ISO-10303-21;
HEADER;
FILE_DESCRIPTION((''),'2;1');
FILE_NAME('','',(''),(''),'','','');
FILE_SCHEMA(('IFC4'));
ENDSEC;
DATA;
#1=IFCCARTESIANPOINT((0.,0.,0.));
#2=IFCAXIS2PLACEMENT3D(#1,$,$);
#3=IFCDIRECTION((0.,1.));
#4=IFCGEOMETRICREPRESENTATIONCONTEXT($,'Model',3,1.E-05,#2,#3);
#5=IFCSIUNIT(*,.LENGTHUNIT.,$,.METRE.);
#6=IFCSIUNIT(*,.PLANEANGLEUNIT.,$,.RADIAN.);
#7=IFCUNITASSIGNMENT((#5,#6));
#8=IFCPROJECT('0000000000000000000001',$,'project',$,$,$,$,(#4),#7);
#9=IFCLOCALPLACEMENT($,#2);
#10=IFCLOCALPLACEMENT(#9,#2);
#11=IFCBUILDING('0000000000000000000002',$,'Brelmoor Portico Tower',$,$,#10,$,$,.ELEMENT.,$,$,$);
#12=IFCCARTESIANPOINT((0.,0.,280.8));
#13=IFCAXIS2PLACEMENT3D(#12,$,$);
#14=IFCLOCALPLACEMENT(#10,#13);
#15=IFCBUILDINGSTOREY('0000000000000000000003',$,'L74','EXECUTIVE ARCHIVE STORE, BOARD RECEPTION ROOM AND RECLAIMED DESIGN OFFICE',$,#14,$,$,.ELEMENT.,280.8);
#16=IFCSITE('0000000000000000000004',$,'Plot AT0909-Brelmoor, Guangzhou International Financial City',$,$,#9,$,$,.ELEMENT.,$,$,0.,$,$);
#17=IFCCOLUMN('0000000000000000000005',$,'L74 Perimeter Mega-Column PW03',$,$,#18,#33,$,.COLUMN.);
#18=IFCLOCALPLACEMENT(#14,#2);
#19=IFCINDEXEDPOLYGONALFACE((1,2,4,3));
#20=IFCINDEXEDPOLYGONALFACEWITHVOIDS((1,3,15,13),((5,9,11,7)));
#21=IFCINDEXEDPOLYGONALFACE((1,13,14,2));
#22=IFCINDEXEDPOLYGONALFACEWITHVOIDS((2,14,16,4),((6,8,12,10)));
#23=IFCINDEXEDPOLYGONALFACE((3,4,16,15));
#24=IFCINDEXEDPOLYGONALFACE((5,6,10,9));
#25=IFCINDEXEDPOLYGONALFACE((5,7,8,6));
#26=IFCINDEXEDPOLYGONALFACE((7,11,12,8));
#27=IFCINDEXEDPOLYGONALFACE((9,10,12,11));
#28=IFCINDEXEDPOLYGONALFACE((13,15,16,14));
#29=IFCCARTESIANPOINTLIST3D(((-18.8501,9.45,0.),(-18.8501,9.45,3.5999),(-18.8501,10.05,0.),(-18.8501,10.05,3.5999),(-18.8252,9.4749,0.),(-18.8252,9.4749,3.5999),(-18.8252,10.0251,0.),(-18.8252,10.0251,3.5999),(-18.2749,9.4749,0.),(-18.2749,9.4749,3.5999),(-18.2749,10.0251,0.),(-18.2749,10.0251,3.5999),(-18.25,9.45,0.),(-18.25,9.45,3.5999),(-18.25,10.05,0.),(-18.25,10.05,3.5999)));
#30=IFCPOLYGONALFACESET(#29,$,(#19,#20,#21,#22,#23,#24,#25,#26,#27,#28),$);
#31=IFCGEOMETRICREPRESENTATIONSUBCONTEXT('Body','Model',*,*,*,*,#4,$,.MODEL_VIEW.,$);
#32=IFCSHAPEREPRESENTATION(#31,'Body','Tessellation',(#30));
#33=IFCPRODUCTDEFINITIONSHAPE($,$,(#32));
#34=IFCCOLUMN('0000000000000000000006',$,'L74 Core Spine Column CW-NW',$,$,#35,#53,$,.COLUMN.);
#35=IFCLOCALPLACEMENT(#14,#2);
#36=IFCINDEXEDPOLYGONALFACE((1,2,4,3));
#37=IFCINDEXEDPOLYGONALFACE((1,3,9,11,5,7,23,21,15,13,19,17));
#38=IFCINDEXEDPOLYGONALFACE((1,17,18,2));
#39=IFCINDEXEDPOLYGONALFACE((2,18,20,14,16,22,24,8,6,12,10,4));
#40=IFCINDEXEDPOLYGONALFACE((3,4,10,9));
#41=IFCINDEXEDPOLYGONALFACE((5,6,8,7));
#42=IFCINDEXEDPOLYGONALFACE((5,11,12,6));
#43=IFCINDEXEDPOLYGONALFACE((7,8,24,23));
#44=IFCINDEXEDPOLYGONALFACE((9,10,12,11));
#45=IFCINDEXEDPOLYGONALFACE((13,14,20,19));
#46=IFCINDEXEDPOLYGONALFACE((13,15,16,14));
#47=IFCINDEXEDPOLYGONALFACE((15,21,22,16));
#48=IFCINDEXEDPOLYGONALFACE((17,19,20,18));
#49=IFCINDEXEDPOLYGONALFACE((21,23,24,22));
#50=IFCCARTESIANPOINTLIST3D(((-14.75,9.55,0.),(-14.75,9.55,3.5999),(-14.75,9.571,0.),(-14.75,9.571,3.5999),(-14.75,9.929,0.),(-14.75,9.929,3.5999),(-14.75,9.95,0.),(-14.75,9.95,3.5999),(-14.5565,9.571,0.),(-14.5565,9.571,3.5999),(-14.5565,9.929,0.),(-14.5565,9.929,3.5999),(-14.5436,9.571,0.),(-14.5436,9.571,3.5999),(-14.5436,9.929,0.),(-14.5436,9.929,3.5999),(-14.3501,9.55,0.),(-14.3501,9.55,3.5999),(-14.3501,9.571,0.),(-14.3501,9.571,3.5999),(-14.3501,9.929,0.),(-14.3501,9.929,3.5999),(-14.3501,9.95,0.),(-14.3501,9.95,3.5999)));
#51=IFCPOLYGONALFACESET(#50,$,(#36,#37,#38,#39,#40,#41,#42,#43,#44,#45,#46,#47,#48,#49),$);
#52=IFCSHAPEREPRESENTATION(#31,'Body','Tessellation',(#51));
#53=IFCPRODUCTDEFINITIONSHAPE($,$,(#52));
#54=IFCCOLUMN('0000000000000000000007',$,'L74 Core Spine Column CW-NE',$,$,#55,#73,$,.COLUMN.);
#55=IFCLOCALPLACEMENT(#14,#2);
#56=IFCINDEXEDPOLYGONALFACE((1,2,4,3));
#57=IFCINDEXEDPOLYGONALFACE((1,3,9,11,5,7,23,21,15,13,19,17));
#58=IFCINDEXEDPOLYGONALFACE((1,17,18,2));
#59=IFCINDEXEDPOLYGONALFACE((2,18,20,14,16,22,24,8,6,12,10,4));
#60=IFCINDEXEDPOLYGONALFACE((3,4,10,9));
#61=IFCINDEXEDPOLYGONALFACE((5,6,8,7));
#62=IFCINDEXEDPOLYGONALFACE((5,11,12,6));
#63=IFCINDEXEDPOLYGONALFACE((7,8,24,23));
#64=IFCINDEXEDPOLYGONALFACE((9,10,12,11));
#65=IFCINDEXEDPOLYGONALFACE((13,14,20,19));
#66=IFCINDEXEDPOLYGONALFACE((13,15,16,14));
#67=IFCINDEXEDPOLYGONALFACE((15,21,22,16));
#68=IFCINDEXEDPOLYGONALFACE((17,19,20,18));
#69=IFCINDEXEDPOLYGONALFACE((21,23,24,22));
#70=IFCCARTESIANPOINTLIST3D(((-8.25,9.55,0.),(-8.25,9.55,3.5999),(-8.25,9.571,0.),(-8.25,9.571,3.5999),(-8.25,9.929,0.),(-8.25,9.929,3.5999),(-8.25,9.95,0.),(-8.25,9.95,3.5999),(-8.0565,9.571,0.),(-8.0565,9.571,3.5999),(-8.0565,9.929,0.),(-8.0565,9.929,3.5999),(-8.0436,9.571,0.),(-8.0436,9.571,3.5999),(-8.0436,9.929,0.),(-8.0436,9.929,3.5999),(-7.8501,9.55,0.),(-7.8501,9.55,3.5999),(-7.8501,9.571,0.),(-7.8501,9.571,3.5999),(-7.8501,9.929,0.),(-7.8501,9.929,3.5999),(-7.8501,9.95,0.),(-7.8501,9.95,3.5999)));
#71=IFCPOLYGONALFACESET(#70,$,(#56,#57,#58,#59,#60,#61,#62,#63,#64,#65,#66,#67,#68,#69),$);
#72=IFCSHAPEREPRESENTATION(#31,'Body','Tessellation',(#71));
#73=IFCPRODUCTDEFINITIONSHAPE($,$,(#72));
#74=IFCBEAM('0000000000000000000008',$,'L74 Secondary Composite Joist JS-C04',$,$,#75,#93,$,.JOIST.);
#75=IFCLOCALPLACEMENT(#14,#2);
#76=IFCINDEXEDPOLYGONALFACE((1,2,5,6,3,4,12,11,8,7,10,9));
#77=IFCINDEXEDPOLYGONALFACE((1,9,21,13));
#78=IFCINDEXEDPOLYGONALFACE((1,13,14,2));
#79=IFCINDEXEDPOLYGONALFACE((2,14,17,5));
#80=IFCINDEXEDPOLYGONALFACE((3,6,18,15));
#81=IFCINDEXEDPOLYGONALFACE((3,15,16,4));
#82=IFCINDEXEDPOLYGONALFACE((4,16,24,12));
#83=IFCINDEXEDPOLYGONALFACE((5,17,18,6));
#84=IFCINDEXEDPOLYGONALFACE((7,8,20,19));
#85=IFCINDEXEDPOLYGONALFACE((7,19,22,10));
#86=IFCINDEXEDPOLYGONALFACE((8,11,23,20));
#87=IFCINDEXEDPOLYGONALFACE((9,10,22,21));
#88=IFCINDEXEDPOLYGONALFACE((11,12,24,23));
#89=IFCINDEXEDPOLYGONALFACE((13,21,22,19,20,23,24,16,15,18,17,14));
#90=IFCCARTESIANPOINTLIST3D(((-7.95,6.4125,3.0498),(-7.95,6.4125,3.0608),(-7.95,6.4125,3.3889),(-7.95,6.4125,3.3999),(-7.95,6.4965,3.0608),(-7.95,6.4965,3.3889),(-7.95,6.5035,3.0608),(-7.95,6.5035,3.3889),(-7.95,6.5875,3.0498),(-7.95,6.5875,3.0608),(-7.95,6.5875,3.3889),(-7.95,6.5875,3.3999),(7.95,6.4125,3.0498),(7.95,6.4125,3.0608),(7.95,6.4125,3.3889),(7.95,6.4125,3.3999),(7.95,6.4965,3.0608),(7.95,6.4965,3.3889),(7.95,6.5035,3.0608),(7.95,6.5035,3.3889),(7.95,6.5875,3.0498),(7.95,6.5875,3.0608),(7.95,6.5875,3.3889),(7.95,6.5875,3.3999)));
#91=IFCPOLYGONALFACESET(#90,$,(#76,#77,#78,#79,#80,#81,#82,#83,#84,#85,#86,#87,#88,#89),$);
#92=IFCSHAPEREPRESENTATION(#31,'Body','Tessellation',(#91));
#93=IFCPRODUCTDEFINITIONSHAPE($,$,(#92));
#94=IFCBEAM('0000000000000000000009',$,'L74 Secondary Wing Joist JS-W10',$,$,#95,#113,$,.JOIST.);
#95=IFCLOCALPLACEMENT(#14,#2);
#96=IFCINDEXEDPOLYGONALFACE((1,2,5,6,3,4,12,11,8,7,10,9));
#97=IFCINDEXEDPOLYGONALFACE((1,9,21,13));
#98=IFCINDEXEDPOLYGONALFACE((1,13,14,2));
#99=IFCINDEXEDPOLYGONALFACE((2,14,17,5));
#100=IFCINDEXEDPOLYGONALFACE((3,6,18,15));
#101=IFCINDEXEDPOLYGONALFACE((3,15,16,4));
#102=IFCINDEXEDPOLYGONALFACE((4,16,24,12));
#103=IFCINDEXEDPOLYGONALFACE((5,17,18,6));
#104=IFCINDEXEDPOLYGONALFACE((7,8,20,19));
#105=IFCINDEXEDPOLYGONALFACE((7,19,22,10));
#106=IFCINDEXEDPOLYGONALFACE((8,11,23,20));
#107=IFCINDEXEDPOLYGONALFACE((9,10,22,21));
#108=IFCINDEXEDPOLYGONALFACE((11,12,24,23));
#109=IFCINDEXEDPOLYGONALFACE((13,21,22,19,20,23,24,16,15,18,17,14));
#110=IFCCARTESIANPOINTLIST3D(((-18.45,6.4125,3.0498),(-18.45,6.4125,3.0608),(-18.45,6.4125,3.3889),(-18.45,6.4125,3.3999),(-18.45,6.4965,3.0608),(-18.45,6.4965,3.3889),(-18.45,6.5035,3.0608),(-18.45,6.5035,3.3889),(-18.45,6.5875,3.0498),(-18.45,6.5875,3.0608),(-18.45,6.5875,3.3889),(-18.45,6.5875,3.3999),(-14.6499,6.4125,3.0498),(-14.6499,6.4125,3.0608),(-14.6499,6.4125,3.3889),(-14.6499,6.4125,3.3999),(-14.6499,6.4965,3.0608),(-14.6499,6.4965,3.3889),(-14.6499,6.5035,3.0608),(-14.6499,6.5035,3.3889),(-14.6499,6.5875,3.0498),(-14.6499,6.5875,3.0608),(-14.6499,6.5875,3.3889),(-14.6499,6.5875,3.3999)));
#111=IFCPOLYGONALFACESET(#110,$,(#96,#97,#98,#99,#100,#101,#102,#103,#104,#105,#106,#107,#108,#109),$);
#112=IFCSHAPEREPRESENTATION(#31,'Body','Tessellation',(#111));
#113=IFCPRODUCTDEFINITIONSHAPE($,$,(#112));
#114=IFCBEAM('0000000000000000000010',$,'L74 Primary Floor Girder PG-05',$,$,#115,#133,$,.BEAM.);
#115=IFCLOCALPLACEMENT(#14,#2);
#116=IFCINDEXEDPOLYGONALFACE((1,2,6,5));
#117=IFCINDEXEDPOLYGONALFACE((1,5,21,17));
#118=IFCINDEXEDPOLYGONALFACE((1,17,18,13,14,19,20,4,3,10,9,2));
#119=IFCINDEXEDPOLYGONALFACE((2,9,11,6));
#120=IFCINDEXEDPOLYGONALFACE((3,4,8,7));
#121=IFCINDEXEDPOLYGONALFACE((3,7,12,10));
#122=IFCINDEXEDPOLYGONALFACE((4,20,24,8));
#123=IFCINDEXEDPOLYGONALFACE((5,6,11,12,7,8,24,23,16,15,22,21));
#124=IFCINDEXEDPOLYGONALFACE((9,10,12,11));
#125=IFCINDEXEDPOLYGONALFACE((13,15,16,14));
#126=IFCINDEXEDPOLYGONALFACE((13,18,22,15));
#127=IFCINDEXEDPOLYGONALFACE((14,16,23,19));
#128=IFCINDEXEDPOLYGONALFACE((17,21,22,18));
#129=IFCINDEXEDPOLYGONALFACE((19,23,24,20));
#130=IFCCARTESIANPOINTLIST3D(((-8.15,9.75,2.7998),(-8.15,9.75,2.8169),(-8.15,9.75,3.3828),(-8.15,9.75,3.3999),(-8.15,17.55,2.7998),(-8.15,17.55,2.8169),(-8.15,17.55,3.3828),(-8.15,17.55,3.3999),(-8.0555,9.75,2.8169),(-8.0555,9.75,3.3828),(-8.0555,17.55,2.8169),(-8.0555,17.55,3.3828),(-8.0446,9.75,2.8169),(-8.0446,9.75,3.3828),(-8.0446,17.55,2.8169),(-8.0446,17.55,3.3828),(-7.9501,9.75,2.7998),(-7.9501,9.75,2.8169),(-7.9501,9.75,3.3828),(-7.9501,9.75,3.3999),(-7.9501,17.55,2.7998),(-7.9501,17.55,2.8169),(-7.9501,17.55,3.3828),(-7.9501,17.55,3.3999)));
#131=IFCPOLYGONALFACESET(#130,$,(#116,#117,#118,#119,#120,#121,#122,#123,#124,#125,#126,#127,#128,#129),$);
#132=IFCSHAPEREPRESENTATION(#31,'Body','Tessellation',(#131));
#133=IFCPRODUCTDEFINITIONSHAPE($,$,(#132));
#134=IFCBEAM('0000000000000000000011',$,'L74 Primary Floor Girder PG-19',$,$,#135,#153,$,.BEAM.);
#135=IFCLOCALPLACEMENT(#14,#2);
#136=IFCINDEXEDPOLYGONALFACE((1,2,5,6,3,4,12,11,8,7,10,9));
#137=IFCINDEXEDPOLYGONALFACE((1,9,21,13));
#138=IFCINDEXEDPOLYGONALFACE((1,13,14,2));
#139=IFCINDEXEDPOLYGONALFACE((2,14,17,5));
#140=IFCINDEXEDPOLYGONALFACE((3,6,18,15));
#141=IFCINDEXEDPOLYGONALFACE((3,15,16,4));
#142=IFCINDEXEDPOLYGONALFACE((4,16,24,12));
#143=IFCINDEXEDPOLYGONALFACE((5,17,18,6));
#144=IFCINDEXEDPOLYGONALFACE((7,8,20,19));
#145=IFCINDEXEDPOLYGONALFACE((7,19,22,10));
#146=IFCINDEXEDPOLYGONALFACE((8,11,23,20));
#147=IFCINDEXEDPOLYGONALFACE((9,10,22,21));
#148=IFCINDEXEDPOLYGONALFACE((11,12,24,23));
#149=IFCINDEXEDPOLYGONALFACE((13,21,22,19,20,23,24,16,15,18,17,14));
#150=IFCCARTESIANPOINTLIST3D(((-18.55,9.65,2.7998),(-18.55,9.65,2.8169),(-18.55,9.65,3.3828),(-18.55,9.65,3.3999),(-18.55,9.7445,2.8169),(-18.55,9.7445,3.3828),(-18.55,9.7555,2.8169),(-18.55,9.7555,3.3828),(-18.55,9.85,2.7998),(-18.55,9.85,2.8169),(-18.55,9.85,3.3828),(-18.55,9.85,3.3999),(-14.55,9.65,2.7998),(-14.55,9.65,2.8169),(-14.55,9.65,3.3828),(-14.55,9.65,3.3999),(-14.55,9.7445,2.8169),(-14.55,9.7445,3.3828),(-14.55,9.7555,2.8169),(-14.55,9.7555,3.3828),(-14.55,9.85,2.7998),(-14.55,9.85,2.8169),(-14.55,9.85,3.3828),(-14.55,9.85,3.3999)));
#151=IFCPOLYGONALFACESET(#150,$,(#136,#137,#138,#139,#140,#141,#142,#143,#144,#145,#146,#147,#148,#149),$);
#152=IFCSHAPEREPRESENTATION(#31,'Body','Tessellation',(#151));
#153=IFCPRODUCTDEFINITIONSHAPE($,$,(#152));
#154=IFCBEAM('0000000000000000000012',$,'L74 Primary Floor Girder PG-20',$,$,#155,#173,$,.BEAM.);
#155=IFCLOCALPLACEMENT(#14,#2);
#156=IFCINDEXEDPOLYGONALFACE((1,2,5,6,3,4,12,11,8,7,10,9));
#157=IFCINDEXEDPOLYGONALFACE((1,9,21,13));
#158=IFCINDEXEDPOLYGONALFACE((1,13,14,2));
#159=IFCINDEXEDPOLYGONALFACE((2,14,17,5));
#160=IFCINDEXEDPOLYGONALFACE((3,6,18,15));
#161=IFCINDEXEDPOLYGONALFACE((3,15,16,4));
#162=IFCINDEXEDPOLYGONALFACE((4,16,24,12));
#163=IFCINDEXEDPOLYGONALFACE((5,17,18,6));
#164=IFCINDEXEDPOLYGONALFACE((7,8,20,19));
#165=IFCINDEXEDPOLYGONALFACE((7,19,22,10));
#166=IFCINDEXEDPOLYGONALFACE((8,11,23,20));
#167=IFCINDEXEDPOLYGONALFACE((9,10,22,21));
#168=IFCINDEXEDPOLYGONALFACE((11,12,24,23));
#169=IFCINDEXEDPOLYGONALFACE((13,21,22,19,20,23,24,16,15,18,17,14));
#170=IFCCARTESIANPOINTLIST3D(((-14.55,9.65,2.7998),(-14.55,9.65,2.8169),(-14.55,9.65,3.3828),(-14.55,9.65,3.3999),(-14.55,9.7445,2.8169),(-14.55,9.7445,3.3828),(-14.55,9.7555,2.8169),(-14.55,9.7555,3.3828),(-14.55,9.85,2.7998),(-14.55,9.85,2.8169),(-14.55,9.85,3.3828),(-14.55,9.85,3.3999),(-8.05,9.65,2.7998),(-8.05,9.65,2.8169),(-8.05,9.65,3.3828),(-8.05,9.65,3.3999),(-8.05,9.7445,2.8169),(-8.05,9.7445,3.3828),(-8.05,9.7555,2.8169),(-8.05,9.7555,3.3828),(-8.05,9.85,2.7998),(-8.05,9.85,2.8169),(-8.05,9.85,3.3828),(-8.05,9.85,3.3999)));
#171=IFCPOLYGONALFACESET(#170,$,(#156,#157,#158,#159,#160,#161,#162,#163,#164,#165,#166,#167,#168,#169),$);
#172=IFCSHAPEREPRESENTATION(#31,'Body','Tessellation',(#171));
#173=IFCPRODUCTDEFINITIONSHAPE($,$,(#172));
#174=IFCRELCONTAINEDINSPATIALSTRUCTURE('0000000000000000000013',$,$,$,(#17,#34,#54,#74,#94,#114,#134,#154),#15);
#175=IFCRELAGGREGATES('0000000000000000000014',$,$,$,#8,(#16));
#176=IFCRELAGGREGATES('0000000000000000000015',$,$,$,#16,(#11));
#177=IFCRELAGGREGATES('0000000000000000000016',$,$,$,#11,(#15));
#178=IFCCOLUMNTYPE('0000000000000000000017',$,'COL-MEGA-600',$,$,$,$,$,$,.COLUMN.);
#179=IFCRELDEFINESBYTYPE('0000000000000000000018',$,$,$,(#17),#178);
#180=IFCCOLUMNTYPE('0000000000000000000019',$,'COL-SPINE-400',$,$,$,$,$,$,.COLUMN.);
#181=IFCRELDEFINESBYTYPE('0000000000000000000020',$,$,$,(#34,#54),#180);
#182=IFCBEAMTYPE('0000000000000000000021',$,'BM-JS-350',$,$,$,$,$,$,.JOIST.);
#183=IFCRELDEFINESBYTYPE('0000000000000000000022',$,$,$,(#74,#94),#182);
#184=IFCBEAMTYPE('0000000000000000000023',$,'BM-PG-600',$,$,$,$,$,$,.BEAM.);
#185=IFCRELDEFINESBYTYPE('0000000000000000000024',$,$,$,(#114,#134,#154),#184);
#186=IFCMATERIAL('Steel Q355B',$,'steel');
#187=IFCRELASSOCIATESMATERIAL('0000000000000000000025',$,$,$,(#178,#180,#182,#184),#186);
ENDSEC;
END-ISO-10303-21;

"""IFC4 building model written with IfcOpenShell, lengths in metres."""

from ifc_helpers import new_model, si_unit, direction, frame, origin, origin_2d, place, context, subcontext, project, spatial, hollow_rectangle, i_section, extrude, material, material_profile, profile_set, type_object, element, save


model = new_model("IFC4")

# Units and contexts
model_context = context("Model", 3, precision=1e-05, world=origin(), true_north=direction((0.0, 1.0)))
body_context = subcontext(model_context, "Body", "Model", "MODEL_VIEW")
ifc_project = project(units=[si_unit("LENGTHUNIT", "METRE"), si_unit("PLANEANGLEUNIT", "RADIAN")], contexts=[model_context])

# Site, building, storey
site_placement = place(None, origin())
site = spatial("IfcSite", under=ifc_project, at=site_placement, Name="Plot AT0909-Brelmoor, Guangzhou International Financial City", CompositionType="ELEMENT", RefElevation=0.0)
building_placement = place(site_placement, origin())
building = spatial("IfcBuilding", under=site, at=building_placement, Name="Brelmoor Portico Tower", CompositionType="ELEMENT")
storey_placement = place(building_placement, frame((0.0, 0.0, 280.8)))
storey = spatial("IfcBuildingStorey", under=building, at=storey_placement, Name="L74", Description="EXECUTIVE ARCHIVE STORE, BOARD RECEPTION ROOM AND RECLAIMED DESIGN OFFICE", CompositionType="ELEMENT", Elevation=280.8)

# Columns
ifc_material_1 = material(Name="Steel Q355B", Category="steel")
ifc_material_profile_1 = material_profile(ifc_material_1, hollow_rectangle(XDim=0.6001, YDim=0.6001, WallThickness=0.0249, at=origin_2d()), Name="BOX 600x600x25")
ifc_profile_set_1 = profile_set([ifc_material_profile_1], Name="Steel Q355B")
column_type_1 = type_object("IfcColumnType", Name="COL-MEGA-600", PredefinedType="COLUMN", material=ifc_profile_set_1)
column_placement = place(storey_placement, frame((-18.55, 9.75, 0.0), z_axis=(0.0, 0.0, 1.0), x_axis=(0.0, 1.0, 0.0)))
element("IfcColumn", 1, at=column_placement, inside=storey, type_object=column_type_1, Name="L74 Perimeter Mega-Column PW03", PredefinedType="COLUMN", context=body_context, shape_type="SweptSolid", body=[
    extrude(hollow_rectangle(XDim=0.6001, YDim=0.6001, WallThickness=0.0249, at=origin_2d()), origin(), (0.0, 0.0, 1.0), 3.5999),
])
ifc_material_profile_2 = material_profile(ifc_material_1, i_section(OverallWidth=0.3999, OverallDepth=0.3999, WebThickness=0.0129, FlangeThickness=0.021, at=origin_2d()), Name="HW 400x400x13x21")
ifc_profile_set_2 = profile_set([ifc_material_profile_2], Name="Steel Q355B")
column_type_2 = type_object("IfcColumnType", Name="COL-SPINE-400", PredefinedType="COLUMN", material=ifc_profile_set_2)
for number, where, z_axis, x_axis, name in (
    (2, (-14.55, 9.75, 0.0), (0.0, 0.0, 1.0), (1.0, 0.0, 0.0), "L74 Core Spine Column CW-NW"),
    (3, (-8.05, 9.75, 0.0), (0.0, 0.0, 1.0), (1.0, 0.0, 0.0), "L74 Core Spine Column CW-NE"),
):
    element("IfcColumn", number, at=place(storey_placement, frame(where, z_axis=z_axis, x_axis=x_axis)), inside=storey, type_object=column_type_2, Name=name, PredefinedType="COLUMN", context=body_context, shape_type="SweptSolid", body=[
        extrude(i_section(OverallWidth=0.3999, OverallDepth=0.3999, WebThickness=0.0129, FlangeThickness=0.021, at=origin_2d()), origin(), (0.0, 0.0, 1.0), 3.5999),
    ])

# Beams
ifc_material_profile_3 = material_profile(ifc_material_1, i_section(OverallWidth=0.175, OverallDepth=0.3501, WebThickness=0.0071, FlangeThickness=0.011, at=origin_2d()), Name="HN 350x175x7x11")
ifc_profile_set_3 = profile_set([ifc_material_profile_3], Name="Steel Q355B")
beam_type_1 = type_object("IfcBeamType", Name="BM-JS-350", PredefinedType="JOIST", material=ifc_profile_set_3)
beam_1_placement = place(storey_placement, frame((-7.95, 6.5, 3.2249), z_axis=(1.0, 0.0, 0.0), x_axis=(0.0, 1.0, 0.0)))
element("IfcBeam", 4, at=beam_1_placement, inside=storey, type_object=beam_type_1, Name="L74 Secondary Composite Joist JS-C04", PredefinedType="JOIST", context=body_context, shape_type="SweptSolid", body=[
    extrude(i_section(OverallWidth=0.175, OverallDepth=0.3501, WebThickness=0.0071, FlangeThickness=0.011, at=origin_2d()), origin(), (0.0, 0.0, 1.0), 15.8999),
])
beam_2_placement = place(storey_placement, frame((-18.45, 6.5, 3.2249), z_axis=(1.0, 0.0, 0.0), x_axis=(0.0, 1.0, 0.0)))
element("IfcBeam", 5, at=beam_2_placement, inside=storey, type_object=beam_type_1, Name="L74 Secondary Wing Joist JS-W10", PredefinedType="JOIST", context=body_context, shape_type="SweptSolid", body=[
    extrude(i_section(OverallWidth=0.175, OverallDepth=0.3501, WebThickness=0.0071, FlangeThickness=0.011, at=origin_2d()), origin(), (0.0, 0.0, 1.0), 3.8),
])
ifc_material_profile_4 = material_profile(ifc_material_1, i_section(OverallWidth=0.2, OverallDepth=0.6001, WebThickness=0.011, FlangeThickness=0.0171, at=origin_2d()), Name="HN 600x200x11x17")
ifc_profile_set_4 = profile_set([ifc_material_profile_4], Name="Steel Q355B")
beam_type_2 = type_object("IfcBeamType", Name="BM-PG-600", PredefinedType="BEAM", material=ifc_profile_set_4)
beam_3_placement = place(storey_placement, frame((-8.05, 9.75, 3.0999), z_axis=(0.0, 1.0, 0.0), x_axis=(-1.0, 0.0, 0.0)))
element("IfcBeam", 6, at=beam_3_placement, inside=storey, type_object=beam_type_2, Name="L74 Primary Floor Girder PG-05", PredefinedType="BEAM", context=body_context, shape_type="SweptSolid", body=[
    extrude(i_section(OverallWidth=0.2, OverallDepth=0.6001, WebThickness=0.011, FlangeThickness=0.0171, at=origin_2d()), origin(), (0.0, 0.0, 1.0), 7.8),
])
beam_4_placement = place(storey_placement, frame((-18.55, 9.75, 3.0999), z_axis=(1.0, 0.0, 0.0), x_axis=(0.0, 1.0, 0.0)))
element("IfcBeam", 7, at=beam_4_placement, inside=storey, type_object=beam_type_2, Name="L74 Primary Floor Girder PG-19", PredefinedType="BEAM", context=body_context, shape_type="SweptSolid", body=[
    extrude(i_section(OverallWidth=0.2, OverallDepth=0.6001, WebThickness=0.011, FlangeThickness=0.0171, at=origin_2d()), origin(), (0.0, 0.0, 1.0), 4.0),
])
beam_5_placement = place(storey_placement, frame((-14.55, 9.75, 3.0999), z_axis=(1.0, 0.0, 0.0), x_axis=(0.0, 1.0, 0.0)))
element("IfcBeam", 8, at=beam_5_placement, inside=storey, type_object=beam_type_2, Name="L74 Primary Floor Girder PG-20", PredefinedType="BEAM", context=body_context, shape_type="SweptSolid", body=[
    extrude(i_section(OverallWidth=0.2, OverallDepth=0.6001, WebThickness=0.011, FlangeThickness=0.0171, at=origin_2d()), origin(), (0.0, 0.0, 1.0), 6.5),
])

save(model, "model.ifc")
